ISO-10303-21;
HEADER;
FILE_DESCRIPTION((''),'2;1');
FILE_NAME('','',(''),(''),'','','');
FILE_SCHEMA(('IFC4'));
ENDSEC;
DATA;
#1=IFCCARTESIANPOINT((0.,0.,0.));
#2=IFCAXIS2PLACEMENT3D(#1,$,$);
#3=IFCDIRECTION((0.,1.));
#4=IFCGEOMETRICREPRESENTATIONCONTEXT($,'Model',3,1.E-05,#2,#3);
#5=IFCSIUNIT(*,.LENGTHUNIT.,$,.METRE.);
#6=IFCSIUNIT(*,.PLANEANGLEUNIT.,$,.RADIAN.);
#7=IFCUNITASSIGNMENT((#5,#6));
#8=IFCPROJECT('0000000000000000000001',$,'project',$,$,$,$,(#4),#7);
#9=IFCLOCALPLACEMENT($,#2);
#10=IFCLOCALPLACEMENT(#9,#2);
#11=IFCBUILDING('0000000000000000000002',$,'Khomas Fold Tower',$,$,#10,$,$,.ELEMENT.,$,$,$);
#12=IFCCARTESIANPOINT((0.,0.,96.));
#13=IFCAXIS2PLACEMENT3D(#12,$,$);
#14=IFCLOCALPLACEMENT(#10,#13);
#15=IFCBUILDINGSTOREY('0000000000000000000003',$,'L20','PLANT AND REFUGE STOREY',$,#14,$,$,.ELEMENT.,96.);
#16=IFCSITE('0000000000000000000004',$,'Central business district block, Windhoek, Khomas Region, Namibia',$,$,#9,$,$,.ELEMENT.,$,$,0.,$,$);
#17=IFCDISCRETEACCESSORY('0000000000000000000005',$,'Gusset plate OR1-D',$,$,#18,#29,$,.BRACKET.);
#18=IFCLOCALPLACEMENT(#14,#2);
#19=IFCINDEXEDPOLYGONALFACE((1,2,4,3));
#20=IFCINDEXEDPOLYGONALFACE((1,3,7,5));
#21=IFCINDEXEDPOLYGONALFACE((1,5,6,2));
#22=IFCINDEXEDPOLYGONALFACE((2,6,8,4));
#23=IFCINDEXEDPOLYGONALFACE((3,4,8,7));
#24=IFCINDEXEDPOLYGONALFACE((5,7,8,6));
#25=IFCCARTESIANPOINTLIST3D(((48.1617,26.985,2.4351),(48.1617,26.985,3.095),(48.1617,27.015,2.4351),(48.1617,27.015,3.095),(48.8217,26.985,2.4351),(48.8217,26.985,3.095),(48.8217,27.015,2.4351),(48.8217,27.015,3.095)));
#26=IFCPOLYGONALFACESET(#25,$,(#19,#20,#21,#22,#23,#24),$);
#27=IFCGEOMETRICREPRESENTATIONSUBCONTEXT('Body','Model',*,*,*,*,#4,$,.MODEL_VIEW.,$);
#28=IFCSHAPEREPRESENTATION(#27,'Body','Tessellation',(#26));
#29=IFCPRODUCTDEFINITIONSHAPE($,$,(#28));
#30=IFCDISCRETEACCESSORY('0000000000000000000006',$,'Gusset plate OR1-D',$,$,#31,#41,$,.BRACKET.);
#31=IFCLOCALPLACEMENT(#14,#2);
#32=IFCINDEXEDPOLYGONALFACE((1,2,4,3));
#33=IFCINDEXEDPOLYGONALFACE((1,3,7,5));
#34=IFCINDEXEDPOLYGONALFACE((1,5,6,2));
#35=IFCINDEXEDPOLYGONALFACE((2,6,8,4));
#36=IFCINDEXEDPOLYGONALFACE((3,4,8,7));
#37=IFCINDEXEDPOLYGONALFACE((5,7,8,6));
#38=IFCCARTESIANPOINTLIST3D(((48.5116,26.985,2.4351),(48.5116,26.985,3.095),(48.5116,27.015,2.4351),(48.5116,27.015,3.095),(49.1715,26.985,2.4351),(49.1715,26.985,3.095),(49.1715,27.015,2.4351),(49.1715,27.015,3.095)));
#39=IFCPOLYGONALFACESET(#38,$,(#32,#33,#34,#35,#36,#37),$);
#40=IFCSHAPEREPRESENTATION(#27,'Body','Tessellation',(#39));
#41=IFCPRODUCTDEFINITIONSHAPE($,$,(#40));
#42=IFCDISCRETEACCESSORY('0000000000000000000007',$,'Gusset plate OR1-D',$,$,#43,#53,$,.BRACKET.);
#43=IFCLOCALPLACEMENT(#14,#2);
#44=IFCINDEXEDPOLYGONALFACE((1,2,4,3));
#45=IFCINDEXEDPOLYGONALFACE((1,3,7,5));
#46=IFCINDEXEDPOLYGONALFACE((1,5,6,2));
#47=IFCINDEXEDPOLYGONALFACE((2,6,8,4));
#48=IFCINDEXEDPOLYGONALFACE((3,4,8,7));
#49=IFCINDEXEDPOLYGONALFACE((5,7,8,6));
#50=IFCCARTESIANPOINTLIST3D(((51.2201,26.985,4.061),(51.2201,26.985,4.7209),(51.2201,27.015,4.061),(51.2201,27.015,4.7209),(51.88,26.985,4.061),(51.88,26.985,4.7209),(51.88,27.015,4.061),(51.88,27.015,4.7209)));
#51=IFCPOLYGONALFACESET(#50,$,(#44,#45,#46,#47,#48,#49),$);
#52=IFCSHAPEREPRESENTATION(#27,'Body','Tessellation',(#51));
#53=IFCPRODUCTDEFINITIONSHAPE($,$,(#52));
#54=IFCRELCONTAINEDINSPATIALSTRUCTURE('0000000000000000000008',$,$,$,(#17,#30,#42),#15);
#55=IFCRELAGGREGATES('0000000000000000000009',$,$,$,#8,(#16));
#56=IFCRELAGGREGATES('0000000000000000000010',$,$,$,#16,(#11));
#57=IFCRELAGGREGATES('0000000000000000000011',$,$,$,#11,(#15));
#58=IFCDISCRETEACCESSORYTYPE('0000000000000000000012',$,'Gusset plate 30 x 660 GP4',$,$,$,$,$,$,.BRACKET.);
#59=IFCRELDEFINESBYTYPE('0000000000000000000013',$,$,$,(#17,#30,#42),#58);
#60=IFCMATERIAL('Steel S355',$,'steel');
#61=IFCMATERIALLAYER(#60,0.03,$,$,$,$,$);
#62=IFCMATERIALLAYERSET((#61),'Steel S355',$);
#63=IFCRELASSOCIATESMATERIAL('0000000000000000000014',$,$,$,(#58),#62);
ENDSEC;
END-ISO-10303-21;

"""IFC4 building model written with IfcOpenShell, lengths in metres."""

from ifc_helpers import new_model, si_unit, direction, frame, origin, origin_2d, place, context, subcontext, project, spatial, rectangle, extrude, source, transform, mapped, material, layer, layer_set, type_object, element, save


model = new_model("IFC4")

# Units and contexts
model_context = context("Model", 3, precision=1e-05, world=origin(), true_north=direction((0.0, 1.0)))
body_context = subcontext(model_context, "Body", "Model", "MODEL_VIEW")
ifc_project = project(units=[si_unit("LENGTHUNIT", "METRE"), si_unit("PLANEANGLEUNIT", "RADIAN")], contexts=[model_context])

# Site, building, storey
site_placement = place(None, origin())
site = spatial("IfcSite", under=ifc_project, at=site_placement, Name="Central business district block, Windhoek, Khomas Region, Namibia", CompositionType="ELEMENT", RefElevation=0.0)
building_placement = place(site_placement, origin())
building = spatial("IfcBuilding", under=site, at=building_placement, Name="Khomas Fold Tower", CompositionType="ELEMENT")
storey_placement = place(building_placement, frame((0.0, 0.0, 96.0)))
storey = spatial("IfcBuildingStorey", under=building, at=storey_placement, Name="L20", Description="PLANT AND REFUGE STOREY", CompositionType="ELEMENT", Elevation=96.0)

# Discrete accessories
ifc_material_1 = material(Name="Steel S355", Category="steel")
ifc_layer_1 = layer(ifc_material_1, 0.03)
ifc_layer_set_1 = layer_set([ifc_layer_1], Name="Steel S355")
discrete_accessory_type_1 = type_object("IfcDiscreteAccessoryType", Name="Gusset plate 30 x 660 GP4", PredefinedType="BRACKET", material=ifc_layer_set_1)
shared_shape_1 = source(origin(), body_context, "Body", "SweptSolid", [
    extrude(rectangle(XDim=0.6599, YDim=0.03, at=origin_2d()), origin(), (0.0, 0.0, 1.0), 0.6599),
])
for number, where, z_axis, x_axis, name in (
    (1, (48.4917, 27.0, 2.4351), (0.0, 0.0, 1.0), (1.0, 0.0, 0.0), "Gusset plate OR1-D"),
    (2, (48.8416, 27.0, 2.4351), (0.0, 0.0, 1.0), (1.0, 0.0, 0.0), "Gusset plate OR1-D"),
    (3, (51.55, 27.0, 4.061), (0.0, 0.0, 1.0), (1.0, 0.0, 0.0), "Gusset plate OR1-D"),
):
    element("IfcDiscreteAccessory", number, at=place(storey_placement, frame(where, z_axis=z_axis, x_axis=x_axis)), inside=storey, type_object=discrete_accessory_type_1, Name=name, PredefinedType="BRACKET", context=body_context, shape_type="MappedRepresentation", body=[
        mapped(shared_shape_1, transform((0.0, 0.0, 0.0))),
    ])

save(model, "model.ifc")
